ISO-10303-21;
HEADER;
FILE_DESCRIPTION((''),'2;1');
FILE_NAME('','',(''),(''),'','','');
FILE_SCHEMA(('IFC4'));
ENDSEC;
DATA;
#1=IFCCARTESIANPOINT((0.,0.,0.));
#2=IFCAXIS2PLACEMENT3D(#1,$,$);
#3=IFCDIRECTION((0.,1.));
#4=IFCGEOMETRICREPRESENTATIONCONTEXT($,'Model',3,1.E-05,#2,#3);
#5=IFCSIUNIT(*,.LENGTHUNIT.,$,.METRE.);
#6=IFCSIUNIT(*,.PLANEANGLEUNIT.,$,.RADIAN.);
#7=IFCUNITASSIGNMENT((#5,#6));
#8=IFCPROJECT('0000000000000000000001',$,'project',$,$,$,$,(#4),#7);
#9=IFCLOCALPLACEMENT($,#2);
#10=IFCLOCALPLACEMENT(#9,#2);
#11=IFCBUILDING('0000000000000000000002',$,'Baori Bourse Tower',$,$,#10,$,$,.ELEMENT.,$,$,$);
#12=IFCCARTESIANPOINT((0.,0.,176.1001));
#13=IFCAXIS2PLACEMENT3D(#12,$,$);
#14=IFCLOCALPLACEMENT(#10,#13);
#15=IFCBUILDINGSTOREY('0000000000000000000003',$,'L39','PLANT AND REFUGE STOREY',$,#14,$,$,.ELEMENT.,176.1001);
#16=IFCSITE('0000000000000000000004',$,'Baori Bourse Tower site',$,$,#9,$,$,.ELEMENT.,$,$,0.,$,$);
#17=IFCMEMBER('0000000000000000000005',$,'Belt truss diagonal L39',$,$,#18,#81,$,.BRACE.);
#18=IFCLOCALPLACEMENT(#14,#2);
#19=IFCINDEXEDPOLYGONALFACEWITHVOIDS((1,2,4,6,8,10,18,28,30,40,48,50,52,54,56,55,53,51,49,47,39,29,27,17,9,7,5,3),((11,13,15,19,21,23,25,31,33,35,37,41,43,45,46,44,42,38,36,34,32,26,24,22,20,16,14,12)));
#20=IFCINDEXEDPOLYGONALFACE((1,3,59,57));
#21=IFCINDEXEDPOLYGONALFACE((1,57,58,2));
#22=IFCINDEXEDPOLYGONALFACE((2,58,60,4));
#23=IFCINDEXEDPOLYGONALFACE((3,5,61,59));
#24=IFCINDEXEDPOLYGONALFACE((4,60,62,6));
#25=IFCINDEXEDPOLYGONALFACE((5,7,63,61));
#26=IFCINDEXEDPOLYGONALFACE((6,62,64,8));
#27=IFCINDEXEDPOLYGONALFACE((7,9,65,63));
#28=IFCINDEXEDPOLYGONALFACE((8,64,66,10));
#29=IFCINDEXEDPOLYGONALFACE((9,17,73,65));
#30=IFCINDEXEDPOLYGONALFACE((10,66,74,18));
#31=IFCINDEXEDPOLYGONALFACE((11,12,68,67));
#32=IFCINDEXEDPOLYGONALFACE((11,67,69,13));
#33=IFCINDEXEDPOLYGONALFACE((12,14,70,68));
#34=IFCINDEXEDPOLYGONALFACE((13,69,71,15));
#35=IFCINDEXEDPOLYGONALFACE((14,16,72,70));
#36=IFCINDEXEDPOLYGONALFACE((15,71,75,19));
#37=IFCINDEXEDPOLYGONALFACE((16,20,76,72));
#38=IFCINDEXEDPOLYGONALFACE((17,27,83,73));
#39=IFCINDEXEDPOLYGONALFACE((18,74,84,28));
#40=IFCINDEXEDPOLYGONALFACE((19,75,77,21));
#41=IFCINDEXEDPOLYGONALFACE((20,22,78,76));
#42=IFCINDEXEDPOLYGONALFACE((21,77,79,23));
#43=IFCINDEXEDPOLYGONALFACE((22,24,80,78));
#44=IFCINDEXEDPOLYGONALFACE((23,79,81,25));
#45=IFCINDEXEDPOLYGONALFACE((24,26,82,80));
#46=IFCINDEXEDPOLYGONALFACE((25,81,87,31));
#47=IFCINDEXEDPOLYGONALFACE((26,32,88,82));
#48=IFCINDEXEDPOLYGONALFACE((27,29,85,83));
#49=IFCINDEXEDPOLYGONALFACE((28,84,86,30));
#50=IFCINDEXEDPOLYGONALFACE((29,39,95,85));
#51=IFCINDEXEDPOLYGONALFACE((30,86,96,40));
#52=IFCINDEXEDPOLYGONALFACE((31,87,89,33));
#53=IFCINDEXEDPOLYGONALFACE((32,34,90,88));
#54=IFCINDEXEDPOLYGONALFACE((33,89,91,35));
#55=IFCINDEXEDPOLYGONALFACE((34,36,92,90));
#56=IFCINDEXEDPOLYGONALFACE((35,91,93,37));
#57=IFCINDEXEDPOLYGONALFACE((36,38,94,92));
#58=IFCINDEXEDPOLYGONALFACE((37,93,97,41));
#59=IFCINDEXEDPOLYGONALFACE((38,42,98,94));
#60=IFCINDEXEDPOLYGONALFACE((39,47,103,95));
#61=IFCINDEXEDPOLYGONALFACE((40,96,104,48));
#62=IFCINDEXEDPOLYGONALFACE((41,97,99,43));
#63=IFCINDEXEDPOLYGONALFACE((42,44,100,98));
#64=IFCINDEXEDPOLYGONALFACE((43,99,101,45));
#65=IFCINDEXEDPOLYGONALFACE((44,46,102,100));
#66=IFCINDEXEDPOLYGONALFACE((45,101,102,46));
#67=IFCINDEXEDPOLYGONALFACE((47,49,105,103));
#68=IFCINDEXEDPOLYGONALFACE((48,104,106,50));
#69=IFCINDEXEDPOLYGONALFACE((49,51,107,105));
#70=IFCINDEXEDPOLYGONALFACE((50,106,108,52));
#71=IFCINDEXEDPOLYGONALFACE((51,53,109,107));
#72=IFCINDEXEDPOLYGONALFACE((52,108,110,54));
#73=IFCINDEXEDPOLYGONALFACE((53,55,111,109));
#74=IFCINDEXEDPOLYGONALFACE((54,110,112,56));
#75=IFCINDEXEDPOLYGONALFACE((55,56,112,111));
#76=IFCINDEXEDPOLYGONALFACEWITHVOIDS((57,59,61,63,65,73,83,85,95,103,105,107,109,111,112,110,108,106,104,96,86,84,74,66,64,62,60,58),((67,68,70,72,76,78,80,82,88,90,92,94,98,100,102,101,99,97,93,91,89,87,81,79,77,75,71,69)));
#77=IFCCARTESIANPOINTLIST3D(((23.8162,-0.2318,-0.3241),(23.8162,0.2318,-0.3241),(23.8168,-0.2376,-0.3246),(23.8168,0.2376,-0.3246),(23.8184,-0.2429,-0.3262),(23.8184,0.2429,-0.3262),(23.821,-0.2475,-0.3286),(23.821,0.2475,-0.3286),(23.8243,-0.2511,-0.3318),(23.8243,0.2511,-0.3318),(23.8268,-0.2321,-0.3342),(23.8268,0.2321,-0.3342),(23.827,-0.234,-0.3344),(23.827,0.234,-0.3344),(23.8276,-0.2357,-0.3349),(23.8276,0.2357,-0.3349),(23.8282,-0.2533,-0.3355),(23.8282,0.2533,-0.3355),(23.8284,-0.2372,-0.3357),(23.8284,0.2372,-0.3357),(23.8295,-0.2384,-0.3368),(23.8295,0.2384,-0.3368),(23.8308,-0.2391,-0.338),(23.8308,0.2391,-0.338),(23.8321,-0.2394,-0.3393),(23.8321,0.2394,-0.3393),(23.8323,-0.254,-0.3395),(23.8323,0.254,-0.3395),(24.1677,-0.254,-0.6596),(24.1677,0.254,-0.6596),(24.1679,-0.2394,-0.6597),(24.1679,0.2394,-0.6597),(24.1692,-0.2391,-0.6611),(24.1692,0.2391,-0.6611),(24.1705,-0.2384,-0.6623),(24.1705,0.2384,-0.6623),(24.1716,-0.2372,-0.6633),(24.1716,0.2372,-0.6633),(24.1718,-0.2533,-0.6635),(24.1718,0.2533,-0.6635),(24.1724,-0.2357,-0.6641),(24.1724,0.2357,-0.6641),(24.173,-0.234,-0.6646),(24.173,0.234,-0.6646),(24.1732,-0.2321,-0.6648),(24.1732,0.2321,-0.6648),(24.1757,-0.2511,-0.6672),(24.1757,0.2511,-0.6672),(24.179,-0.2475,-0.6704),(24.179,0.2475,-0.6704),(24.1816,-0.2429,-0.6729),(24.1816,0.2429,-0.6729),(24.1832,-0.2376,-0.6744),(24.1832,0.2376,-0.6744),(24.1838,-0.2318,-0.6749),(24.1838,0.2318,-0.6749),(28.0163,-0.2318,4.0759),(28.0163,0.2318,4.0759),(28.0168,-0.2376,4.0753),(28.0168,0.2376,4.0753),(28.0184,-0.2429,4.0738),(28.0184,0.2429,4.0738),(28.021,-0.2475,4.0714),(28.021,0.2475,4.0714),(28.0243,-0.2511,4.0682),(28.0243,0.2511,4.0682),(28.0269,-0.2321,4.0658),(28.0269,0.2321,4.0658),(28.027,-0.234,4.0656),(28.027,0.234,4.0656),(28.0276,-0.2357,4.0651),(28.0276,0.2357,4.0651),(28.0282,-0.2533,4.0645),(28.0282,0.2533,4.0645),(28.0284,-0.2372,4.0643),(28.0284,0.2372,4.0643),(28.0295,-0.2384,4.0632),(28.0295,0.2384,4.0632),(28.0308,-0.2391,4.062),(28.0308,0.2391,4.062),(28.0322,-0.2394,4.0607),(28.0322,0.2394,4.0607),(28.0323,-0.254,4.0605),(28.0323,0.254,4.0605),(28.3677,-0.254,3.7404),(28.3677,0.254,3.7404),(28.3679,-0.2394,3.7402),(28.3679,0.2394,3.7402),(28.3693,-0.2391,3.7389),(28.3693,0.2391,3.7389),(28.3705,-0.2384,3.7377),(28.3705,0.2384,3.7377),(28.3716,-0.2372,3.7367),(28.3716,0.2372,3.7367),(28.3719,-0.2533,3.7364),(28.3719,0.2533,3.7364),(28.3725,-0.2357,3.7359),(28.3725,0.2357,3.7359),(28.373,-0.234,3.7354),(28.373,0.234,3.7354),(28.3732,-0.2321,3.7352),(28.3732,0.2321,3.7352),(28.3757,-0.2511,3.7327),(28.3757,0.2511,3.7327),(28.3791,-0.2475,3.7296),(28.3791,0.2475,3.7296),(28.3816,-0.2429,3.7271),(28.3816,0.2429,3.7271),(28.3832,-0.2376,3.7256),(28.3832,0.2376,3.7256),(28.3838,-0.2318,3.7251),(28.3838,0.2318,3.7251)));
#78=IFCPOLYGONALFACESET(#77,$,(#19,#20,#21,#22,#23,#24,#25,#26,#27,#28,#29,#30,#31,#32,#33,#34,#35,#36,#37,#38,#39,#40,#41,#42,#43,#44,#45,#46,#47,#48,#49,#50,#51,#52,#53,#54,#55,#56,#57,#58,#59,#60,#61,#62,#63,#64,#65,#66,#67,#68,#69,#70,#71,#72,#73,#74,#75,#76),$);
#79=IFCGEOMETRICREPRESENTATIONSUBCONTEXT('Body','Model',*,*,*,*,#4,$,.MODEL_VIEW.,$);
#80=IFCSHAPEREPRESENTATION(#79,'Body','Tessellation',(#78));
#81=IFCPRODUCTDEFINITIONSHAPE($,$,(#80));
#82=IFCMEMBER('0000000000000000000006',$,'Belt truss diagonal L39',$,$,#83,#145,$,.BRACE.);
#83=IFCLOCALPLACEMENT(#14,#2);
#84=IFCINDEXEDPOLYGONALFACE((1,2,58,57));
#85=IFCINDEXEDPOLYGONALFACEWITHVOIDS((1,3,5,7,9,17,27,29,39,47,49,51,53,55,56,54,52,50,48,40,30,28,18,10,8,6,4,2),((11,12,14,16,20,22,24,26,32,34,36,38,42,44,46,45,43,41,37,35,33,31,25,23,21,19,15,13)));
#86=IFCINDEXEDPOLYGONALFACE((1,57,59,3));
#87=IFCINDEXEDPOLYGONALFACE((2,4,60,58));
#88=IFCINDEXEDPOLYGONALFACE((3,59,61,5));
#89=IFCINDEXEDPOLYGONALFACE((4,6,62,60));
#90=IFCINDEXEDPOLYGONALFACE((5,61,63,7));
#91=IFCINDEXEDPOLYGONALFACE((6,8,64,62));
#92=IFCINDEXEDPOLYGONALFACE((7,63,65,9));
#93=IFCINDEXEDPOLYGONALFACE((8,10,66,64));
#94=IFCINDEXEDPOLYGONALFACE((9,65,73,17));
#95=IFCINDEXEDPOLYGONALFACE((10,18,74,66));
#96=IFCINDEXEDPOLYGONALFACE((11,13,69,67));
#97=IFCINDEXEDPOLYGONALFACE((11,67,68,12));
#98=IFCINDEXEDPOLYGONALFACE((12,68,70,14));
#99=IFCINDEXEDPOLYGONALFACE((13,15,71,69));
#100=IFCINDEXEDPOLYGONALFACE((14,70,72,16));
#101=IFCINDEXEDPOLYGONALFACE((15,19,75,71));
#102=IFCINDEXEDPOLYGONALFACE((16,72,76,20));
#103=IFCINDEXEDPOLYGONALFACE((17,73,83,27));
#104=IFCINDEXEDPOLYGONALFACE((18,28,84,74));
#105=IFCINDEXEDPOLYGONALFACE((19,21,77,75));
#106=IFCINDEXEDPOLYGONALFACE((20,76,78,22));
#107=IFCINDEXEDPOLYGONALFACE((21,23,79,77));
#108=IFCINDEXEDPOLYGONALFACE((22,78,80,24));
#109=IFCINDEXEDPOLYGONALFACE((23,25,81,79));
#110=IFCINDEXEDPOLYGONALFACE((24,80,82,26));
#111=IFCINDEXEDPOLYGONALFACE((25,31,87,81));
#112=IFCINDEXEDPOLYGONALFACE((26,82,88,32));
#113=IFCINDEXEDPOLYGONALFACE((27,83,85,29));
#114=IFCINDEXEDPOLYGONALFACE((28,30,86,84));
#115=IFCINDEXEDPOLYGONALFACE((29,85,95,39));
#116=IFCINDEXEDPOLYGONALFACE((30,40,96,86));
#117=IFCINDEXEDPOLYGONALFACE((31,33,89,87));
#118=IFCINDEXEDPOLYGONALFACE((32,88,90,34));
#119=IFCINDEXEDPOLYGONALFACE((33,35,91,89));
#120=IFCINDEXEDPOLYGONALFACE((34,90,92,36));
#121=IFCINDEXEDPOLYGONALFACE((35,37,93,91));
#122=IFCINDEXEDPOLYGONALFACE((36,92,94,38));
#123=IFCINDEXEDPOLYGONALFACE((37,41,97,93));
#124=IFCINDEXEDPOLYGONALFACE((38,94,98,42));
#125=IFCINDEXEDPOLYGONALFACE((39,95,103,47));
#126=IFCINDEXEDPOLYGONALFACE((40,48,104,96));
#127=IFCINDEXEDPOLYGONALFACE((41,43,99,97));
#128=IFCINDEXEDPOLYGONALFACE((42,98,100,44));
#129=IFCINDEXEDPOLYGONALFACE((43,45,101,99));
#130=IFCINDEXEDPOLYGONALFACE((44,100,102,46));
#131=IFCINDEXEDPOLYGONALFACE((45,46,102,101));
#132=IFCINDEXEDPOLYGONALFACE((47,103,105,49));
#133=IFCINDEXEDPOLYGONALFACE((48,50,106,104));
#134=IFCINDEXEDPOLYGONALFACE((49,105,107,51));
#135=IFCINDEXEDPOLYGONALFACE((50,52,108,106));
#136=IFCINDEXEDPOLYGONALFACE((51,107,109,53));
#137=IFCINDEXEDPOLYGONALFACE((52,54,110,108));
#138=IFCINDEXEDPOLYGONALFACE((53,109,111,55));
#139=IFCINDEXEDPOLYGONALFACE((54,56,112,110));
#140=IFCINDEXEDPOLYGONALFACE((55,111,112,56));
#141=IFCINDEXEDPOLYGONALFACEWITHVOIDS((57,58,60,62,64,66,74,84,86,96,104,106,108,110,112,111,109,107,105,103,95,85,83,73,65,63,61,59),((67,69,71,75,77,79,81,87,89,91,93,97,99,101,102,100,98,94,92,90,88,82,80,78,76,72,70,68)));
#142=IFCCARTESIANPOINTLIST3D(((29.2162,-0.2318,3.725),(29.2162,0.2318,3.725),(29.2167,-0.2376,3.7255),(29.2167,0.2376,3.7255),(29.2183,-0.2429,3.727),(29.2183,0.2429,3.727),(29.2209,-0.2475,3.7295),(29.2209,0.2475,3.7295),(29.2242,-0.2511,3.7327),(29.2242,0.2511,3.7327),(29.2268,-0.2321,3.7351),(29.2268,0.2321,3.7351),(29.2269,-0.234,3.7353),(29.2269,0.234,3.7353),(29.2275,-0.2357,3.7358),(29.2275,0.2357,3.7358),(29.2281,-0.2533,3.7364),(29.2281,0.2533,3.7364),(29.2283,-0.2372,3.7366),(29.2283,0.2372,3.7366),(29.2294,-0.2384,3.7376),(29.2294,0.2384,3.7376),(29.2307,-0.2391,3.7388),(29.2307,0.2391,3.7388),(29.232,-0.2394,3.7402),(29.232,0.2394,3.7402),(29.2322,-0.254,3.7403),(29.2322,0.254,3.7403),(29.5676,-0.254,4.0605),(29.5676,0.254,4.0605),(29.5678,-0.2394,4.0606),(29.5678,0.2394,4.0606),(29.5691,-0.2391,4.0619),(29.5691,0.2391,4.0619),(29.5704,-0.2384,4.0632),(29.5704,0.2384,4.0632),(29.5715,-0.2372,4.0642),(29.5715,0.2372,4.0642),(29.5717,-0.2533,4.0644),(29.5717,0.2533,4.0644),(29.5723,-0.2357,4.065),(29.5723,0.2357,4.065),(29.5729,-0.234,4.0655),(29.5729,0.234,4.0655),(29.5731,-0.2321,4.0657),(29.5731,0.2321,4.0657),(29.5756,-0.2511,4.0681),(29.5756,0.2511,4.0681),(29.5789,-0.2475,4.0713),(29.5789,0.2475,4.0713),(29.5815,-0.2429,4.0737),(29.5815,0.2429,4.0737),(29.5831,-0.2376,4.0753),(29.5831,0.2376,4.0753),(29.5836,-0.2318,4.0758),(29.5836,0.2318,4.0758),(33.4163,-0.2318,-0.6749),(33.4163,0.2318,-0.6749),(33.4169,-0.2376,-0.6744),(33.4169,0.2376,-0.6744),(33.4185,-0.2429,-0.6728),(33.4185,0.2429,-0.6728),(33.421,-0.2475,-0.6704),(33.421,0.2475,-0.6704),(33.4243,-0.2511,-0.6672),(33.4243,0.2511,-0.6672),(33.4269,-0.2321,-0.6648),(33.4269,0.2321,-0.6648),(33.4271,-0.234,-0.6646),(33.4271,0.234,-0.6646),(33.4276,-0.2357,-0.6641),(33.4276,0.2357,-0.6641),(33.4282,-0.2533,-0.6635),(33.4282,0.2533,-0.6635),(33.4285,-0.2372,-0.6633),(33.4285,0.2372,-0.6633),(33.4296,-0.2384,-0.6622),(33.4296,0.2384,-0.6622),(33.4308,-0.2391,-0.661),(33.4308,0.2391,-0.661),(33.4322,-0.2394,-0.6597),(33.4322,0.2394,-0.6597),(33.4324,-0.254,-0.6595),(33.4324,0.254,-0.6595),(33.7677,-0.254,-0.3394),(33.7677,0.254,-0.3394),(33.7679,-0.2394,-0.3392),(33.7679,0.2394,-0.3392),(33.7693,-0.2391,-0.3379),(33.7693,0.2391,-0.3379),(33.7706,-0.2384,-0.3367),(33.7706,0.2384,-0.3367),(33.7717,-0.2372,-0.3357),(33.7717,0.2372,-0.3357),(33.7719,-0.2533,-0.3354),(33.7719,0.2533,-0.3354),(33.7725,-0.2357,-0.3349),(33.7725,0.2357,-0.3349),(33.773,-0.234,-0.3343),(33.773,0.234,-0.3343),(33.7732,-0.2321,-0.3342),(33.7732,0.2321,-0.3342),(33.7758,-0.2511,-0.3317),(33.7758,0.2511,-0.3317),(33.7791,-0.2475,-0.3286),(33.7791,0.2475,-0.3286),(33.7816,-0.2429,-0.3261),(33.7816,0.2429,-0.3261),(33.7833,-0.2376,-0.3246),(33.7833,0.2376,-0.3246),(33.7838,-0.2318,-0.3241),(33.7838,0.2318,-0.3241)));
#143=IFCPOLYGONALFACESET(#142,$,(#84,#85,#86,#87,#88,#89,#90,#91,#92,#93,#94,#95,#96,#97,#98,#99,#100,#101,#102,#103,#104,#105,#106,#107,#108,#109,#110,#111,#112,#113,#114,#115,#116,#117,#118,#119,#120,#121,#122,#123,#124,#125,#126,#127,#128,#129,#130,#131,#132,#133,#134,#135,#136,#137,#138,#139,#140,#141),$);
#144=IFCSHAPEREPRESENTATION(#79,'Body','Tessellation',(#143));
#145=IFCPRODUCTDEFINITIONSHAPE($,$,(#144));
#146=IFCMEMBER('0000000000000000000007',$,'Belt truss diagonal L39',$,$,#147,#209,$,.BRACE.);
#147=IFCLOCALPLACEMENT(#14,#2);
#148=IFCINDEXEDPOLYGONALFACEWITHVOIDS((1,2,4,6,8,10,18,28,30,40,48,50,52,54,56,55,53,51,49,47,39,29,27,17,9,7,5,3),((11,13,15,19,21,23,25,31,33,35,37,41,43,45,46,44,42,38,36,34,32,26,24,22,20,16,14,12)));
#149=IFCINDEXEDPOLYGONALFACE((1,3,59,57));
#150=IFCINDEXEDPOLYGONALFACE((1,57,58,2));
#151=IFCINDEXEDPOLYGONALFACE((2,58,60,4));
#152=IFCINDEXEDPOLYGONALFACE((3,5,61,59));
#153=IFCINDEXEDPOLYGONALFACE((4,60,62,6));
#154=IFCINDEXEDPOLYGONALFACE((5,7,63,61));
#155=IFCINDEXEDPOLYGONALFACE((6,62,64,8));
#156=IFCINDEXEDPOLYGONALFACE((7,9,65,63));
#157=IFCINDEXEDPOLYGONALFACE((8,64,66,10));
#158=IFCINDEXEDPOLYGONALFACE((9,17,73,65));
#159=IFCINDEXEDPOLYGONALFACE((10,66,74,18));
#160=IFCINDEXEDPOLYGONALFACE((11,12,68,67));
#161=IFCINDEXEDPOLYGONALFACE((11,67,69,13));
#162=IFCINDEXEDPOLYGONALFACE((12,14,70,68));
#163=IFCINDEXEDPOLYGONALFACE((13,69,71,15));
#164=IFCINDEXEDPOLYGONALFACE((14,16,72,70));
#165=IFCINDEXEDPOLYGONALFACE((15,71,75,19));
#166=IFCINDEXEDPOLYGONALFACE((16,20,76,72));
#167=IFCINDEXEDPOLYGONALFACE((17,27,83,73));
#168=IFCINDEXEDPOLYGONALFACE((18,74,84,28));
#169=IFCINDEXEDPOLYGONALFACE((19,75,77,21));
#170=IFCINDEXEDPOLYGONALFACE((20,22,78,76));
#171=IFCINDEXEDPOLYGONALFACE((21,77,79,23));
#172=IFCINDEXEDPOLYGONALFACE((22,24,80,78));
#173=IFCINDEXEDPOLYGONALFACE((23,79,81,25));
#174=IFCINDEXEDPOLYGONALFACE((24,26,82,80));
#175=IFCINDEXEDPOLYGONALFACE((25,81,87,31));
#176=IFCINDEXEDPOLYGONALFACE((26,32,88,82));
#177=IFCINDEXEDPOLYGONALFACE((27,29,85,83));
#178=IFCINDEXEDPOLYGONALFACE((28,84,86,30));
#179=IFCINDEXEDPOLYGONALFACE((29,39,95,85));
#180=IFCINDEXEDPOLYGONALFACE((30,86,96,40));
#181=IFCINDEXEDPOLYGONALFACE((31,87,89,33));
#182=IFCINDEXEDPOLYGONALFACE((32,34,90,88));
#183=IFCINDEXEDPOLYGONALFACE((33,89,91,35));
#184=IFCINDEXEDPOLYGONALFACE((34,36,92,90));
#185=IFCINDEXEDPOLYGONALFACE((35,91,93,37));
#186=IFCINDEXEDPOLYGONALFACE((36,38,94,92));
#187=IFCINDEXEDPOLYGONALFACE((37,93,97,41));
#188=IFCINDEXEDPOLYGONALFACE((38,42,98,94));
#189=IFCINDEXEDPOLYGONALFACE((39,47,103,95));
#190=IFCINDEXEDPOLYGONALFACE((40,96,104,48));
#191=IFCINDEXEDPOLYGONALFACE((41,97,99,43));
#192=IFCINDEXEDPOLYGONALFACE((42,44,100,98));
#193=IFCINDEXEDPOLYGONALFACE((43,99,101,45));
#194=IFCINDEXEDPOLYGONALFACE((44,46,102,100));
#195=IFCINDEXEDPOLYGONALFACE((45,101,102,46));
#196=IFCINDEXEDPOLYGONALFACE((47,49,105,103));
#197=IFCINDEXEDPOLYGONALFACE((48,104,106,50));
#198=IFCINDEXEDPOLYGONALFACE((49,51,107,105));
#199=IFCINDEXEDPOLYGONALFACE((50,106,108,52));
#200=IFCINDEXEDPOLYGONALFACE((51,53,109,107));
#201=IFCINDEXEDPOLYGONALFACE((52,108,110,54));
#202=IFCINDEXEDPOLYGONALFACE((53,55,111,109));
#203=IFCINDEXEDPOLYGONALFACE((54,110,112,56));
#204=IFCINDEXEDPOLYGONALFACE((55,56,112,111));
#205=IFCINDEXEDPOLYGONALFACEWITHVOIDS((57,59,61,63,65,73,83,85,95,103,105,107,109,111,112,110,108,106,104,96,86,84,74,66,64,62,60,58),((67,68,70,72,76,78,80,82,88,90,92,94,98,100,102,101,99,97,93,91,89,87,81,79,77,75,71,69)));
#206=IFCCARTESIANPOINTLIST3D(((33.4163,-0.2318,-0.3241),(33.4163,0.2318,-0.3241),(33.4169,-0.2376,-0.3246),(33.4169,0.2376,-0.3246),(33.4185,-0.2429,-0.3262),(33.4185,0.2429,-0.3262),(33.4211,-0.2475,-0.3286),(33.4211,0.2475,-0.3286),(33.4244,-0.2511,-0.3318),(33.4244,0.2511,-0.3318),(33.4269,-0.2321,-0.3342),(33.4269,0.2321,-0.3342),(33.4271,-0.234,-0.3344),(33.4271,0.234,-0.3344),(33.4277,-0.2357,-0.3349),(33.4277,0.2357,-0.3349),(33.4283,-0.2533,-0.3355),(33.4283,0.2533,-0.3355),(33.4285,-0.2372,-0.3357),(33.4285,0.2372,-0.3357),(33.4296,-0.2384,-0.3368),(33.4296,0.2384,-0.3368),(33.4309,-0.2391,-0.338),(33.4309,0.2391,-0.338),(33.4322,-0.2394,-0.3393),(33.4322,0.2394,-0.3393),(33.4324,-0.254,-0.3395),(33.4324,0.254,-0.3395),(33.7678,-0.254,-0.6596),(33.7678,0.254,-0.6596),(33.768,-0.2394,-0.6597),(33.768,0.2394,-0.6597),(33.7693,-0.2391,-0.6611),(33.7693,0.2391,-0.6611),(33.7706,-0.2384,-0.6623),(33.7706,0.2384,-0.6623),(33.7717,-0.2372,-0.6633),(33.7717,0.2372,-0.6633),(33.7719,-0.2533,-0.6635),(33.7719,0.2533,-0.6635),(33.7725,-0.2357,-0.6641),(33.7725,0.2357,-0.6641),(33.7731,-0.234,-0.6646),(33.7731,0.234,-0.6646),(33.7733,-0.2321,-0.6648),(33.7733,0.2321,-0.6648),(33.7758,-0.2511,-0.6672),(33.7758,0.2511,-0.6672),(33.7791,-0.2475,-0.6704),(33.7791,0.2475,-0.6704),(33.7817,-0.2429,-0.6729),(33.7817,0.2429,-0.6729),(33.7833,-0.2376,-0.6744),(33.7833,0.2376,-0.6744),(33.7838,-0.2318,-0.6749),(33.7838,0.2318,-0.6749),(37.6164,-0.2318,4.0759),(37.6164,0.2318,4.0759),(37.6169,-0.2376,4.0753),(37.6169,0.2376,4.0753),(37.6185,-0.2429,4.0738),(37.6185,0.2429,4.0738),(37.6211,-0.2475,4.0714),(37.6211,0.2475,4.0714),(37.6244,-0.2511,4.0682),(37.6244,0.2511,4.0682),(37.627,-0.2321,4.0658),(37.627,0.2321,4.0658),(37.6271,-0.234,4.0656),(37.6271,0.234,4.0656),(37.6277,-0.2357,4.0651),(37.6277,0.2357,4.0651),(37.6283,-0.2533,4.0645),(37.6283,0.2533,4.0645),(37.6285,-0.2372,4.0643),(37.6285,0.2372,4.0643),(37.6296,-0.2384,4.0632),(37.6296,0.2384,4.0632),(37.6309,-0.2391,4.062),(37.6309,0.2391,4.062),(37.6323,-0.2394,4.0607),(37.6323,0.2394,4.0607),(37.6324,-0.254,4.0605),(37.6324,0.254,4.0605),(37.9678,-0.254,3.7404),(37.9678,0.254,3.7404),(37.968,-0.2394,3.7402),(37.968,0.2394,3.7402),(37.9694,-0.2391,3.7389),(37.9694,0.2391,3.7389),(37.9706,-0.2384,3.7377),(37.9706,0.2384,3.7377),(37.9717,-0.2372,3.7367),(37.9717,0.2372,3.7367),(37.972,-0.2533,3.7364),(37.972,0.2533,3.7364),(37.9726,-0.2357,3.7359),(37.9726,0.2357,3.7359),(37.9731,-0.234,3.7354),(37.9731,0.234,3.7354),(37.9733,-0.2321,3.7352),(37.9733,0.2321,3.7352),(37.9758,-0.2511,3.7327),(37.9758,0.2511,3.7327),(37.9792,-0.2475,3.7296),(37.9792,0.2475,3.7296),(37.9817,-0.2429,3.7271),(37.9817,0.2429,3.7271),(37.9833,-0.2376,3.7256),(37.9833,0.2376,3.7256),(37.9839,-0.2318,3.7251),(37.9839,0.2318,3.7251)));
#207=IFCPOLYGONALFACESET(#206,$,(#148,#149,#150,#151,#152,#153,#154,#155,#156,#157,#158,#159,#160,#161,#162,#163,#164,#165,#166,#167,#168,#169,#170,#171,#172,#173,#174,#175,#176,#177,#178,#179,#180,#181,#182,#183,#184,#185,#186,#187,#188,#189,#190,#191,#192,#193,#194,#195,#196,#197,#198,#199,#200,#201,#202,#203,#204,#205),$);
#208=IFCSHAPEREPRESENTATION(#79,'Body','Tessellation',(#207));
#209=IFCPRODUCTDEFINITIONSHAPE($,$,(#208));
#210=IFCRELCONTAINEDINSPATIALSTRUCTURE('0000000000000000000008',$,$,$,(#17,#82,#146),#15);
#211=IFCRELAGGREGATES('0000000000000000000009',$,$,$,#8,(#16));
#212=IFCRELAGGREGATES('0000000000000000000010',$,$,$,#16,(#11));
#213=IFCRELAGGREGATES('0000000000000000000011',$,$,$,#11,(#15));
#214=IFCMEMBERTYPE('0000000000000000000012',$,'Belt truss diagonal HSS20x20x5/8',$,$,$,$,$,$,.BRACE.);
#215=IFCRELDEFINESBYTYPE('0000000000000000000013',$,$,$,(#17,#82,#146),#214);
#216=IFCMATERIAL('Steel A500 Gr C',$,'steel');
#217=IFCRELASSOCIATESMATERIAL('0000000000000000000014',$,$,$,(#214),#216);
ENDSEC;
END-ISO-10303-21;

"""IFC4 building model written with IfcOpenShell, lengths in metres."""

from ifc_helpers import new_model, si_unit, direction, frame, origin, origin_2d, place, context, subcontext, project, spatial, hollow_rectangle, extrude, material, material_profile, profile_set, type_object, element, save


model = new_model("IFC4")

# Units and contexts
model_context = context("Model", 3, precision=1e-05, world=origin(), true_north=direction((0.0, 1.0)))
body_context = subcontext(model_context, "Body", "Model", "MODEL_VIEW")
ifc_project = project(units=[si_unit("LENGTHUNIT", "METRE"), si_unit("PLANEANGLEUNIT", "RADIAN")], contexts=[model_context])

# Site, building, storey
site_placement = place(None, origin())
site = spatial("IfcSite", under=ifc_project, at=site_placement, Name="Baori Bourse Tower site", CompositionType="ELEMENT", RefElevation=0.0)
building_placement = place(site_placement, origin())
building = spatial("IfcBuilding", under=site, at=building_placement, Name="Baori Bourse Tower", CompositionType="ELEMENT")
storey_placement = place(building_placement, frame((0.0, 0.0, 176.1001)))
storey = spatial("IfcBuildingStorey", under=building, at=storey_placement, Name="L39", Description="PLANT AND REFUGE STOREY", CompositionType="ELEMENT", Elevation=176.1001)

# Members
ifc_material_1 = material(Name="Steel A500 Gr C", Category="steel")
ifc_material_profile_1 = material_profile(ifc_material_1, hollow_rectangle(XDim=0.5081, YDim=0.5081, WallThickness=0.0146, InnerFilletRadius=0.0073, OuterFilletRadius=0.0222, at=origin_2d()), Name="HSS20x20x5/8")
ifc_profile_set_1 = profile_set([ifc_material_profile_1], Name="Steel A500 Gr C")
member_type_1 = type_object("IfcMemberType", Name="Belt truss diagonal HSS20x20x5/8", PredefinedType="BRACE", material=ifc_profile_set_1)
for number, where, z_axis, x_axis, name in (
    (1, (24.0, 0.0, -0.4995), (0.69048, 0.0, 0.723352), (0.0, 1.0, 0.0), "Belt truss diagonal L39"),
    (2, (29.3999, 0.0, 3.9004), (0.690501, 0.0, -0.723332), (0.0, 1.0, 0.0), "Belt truss diagonal L39"),
    (3, (33.6001, 0.0, -0.4995), (0.69048, 0.0, 0.723352), (0.0, 1.0, 0.0), "Belt truss diagonal L39"),
):
    element("IfcMember", number, at=place(storey_placement, frame(where, z_axis=z_axis, x_axis=x_axis)), inside=storey, type_object=member_type_1, Name=name, PredefinedType="BRACE", context=body_context, shape_type="SweptSolid", body=[
        extrude(hollow_rectangle(XDim=0.5081, YDim=0.5081, WallThickness=0.0146, InnerFilletRadius=0.0073, OuterFilletRadius=0.0222, at=origin_2d()), origin(), (0.0, 0.0, 1.0), 6.0828),
    ])

save(model, "model.ifc")
